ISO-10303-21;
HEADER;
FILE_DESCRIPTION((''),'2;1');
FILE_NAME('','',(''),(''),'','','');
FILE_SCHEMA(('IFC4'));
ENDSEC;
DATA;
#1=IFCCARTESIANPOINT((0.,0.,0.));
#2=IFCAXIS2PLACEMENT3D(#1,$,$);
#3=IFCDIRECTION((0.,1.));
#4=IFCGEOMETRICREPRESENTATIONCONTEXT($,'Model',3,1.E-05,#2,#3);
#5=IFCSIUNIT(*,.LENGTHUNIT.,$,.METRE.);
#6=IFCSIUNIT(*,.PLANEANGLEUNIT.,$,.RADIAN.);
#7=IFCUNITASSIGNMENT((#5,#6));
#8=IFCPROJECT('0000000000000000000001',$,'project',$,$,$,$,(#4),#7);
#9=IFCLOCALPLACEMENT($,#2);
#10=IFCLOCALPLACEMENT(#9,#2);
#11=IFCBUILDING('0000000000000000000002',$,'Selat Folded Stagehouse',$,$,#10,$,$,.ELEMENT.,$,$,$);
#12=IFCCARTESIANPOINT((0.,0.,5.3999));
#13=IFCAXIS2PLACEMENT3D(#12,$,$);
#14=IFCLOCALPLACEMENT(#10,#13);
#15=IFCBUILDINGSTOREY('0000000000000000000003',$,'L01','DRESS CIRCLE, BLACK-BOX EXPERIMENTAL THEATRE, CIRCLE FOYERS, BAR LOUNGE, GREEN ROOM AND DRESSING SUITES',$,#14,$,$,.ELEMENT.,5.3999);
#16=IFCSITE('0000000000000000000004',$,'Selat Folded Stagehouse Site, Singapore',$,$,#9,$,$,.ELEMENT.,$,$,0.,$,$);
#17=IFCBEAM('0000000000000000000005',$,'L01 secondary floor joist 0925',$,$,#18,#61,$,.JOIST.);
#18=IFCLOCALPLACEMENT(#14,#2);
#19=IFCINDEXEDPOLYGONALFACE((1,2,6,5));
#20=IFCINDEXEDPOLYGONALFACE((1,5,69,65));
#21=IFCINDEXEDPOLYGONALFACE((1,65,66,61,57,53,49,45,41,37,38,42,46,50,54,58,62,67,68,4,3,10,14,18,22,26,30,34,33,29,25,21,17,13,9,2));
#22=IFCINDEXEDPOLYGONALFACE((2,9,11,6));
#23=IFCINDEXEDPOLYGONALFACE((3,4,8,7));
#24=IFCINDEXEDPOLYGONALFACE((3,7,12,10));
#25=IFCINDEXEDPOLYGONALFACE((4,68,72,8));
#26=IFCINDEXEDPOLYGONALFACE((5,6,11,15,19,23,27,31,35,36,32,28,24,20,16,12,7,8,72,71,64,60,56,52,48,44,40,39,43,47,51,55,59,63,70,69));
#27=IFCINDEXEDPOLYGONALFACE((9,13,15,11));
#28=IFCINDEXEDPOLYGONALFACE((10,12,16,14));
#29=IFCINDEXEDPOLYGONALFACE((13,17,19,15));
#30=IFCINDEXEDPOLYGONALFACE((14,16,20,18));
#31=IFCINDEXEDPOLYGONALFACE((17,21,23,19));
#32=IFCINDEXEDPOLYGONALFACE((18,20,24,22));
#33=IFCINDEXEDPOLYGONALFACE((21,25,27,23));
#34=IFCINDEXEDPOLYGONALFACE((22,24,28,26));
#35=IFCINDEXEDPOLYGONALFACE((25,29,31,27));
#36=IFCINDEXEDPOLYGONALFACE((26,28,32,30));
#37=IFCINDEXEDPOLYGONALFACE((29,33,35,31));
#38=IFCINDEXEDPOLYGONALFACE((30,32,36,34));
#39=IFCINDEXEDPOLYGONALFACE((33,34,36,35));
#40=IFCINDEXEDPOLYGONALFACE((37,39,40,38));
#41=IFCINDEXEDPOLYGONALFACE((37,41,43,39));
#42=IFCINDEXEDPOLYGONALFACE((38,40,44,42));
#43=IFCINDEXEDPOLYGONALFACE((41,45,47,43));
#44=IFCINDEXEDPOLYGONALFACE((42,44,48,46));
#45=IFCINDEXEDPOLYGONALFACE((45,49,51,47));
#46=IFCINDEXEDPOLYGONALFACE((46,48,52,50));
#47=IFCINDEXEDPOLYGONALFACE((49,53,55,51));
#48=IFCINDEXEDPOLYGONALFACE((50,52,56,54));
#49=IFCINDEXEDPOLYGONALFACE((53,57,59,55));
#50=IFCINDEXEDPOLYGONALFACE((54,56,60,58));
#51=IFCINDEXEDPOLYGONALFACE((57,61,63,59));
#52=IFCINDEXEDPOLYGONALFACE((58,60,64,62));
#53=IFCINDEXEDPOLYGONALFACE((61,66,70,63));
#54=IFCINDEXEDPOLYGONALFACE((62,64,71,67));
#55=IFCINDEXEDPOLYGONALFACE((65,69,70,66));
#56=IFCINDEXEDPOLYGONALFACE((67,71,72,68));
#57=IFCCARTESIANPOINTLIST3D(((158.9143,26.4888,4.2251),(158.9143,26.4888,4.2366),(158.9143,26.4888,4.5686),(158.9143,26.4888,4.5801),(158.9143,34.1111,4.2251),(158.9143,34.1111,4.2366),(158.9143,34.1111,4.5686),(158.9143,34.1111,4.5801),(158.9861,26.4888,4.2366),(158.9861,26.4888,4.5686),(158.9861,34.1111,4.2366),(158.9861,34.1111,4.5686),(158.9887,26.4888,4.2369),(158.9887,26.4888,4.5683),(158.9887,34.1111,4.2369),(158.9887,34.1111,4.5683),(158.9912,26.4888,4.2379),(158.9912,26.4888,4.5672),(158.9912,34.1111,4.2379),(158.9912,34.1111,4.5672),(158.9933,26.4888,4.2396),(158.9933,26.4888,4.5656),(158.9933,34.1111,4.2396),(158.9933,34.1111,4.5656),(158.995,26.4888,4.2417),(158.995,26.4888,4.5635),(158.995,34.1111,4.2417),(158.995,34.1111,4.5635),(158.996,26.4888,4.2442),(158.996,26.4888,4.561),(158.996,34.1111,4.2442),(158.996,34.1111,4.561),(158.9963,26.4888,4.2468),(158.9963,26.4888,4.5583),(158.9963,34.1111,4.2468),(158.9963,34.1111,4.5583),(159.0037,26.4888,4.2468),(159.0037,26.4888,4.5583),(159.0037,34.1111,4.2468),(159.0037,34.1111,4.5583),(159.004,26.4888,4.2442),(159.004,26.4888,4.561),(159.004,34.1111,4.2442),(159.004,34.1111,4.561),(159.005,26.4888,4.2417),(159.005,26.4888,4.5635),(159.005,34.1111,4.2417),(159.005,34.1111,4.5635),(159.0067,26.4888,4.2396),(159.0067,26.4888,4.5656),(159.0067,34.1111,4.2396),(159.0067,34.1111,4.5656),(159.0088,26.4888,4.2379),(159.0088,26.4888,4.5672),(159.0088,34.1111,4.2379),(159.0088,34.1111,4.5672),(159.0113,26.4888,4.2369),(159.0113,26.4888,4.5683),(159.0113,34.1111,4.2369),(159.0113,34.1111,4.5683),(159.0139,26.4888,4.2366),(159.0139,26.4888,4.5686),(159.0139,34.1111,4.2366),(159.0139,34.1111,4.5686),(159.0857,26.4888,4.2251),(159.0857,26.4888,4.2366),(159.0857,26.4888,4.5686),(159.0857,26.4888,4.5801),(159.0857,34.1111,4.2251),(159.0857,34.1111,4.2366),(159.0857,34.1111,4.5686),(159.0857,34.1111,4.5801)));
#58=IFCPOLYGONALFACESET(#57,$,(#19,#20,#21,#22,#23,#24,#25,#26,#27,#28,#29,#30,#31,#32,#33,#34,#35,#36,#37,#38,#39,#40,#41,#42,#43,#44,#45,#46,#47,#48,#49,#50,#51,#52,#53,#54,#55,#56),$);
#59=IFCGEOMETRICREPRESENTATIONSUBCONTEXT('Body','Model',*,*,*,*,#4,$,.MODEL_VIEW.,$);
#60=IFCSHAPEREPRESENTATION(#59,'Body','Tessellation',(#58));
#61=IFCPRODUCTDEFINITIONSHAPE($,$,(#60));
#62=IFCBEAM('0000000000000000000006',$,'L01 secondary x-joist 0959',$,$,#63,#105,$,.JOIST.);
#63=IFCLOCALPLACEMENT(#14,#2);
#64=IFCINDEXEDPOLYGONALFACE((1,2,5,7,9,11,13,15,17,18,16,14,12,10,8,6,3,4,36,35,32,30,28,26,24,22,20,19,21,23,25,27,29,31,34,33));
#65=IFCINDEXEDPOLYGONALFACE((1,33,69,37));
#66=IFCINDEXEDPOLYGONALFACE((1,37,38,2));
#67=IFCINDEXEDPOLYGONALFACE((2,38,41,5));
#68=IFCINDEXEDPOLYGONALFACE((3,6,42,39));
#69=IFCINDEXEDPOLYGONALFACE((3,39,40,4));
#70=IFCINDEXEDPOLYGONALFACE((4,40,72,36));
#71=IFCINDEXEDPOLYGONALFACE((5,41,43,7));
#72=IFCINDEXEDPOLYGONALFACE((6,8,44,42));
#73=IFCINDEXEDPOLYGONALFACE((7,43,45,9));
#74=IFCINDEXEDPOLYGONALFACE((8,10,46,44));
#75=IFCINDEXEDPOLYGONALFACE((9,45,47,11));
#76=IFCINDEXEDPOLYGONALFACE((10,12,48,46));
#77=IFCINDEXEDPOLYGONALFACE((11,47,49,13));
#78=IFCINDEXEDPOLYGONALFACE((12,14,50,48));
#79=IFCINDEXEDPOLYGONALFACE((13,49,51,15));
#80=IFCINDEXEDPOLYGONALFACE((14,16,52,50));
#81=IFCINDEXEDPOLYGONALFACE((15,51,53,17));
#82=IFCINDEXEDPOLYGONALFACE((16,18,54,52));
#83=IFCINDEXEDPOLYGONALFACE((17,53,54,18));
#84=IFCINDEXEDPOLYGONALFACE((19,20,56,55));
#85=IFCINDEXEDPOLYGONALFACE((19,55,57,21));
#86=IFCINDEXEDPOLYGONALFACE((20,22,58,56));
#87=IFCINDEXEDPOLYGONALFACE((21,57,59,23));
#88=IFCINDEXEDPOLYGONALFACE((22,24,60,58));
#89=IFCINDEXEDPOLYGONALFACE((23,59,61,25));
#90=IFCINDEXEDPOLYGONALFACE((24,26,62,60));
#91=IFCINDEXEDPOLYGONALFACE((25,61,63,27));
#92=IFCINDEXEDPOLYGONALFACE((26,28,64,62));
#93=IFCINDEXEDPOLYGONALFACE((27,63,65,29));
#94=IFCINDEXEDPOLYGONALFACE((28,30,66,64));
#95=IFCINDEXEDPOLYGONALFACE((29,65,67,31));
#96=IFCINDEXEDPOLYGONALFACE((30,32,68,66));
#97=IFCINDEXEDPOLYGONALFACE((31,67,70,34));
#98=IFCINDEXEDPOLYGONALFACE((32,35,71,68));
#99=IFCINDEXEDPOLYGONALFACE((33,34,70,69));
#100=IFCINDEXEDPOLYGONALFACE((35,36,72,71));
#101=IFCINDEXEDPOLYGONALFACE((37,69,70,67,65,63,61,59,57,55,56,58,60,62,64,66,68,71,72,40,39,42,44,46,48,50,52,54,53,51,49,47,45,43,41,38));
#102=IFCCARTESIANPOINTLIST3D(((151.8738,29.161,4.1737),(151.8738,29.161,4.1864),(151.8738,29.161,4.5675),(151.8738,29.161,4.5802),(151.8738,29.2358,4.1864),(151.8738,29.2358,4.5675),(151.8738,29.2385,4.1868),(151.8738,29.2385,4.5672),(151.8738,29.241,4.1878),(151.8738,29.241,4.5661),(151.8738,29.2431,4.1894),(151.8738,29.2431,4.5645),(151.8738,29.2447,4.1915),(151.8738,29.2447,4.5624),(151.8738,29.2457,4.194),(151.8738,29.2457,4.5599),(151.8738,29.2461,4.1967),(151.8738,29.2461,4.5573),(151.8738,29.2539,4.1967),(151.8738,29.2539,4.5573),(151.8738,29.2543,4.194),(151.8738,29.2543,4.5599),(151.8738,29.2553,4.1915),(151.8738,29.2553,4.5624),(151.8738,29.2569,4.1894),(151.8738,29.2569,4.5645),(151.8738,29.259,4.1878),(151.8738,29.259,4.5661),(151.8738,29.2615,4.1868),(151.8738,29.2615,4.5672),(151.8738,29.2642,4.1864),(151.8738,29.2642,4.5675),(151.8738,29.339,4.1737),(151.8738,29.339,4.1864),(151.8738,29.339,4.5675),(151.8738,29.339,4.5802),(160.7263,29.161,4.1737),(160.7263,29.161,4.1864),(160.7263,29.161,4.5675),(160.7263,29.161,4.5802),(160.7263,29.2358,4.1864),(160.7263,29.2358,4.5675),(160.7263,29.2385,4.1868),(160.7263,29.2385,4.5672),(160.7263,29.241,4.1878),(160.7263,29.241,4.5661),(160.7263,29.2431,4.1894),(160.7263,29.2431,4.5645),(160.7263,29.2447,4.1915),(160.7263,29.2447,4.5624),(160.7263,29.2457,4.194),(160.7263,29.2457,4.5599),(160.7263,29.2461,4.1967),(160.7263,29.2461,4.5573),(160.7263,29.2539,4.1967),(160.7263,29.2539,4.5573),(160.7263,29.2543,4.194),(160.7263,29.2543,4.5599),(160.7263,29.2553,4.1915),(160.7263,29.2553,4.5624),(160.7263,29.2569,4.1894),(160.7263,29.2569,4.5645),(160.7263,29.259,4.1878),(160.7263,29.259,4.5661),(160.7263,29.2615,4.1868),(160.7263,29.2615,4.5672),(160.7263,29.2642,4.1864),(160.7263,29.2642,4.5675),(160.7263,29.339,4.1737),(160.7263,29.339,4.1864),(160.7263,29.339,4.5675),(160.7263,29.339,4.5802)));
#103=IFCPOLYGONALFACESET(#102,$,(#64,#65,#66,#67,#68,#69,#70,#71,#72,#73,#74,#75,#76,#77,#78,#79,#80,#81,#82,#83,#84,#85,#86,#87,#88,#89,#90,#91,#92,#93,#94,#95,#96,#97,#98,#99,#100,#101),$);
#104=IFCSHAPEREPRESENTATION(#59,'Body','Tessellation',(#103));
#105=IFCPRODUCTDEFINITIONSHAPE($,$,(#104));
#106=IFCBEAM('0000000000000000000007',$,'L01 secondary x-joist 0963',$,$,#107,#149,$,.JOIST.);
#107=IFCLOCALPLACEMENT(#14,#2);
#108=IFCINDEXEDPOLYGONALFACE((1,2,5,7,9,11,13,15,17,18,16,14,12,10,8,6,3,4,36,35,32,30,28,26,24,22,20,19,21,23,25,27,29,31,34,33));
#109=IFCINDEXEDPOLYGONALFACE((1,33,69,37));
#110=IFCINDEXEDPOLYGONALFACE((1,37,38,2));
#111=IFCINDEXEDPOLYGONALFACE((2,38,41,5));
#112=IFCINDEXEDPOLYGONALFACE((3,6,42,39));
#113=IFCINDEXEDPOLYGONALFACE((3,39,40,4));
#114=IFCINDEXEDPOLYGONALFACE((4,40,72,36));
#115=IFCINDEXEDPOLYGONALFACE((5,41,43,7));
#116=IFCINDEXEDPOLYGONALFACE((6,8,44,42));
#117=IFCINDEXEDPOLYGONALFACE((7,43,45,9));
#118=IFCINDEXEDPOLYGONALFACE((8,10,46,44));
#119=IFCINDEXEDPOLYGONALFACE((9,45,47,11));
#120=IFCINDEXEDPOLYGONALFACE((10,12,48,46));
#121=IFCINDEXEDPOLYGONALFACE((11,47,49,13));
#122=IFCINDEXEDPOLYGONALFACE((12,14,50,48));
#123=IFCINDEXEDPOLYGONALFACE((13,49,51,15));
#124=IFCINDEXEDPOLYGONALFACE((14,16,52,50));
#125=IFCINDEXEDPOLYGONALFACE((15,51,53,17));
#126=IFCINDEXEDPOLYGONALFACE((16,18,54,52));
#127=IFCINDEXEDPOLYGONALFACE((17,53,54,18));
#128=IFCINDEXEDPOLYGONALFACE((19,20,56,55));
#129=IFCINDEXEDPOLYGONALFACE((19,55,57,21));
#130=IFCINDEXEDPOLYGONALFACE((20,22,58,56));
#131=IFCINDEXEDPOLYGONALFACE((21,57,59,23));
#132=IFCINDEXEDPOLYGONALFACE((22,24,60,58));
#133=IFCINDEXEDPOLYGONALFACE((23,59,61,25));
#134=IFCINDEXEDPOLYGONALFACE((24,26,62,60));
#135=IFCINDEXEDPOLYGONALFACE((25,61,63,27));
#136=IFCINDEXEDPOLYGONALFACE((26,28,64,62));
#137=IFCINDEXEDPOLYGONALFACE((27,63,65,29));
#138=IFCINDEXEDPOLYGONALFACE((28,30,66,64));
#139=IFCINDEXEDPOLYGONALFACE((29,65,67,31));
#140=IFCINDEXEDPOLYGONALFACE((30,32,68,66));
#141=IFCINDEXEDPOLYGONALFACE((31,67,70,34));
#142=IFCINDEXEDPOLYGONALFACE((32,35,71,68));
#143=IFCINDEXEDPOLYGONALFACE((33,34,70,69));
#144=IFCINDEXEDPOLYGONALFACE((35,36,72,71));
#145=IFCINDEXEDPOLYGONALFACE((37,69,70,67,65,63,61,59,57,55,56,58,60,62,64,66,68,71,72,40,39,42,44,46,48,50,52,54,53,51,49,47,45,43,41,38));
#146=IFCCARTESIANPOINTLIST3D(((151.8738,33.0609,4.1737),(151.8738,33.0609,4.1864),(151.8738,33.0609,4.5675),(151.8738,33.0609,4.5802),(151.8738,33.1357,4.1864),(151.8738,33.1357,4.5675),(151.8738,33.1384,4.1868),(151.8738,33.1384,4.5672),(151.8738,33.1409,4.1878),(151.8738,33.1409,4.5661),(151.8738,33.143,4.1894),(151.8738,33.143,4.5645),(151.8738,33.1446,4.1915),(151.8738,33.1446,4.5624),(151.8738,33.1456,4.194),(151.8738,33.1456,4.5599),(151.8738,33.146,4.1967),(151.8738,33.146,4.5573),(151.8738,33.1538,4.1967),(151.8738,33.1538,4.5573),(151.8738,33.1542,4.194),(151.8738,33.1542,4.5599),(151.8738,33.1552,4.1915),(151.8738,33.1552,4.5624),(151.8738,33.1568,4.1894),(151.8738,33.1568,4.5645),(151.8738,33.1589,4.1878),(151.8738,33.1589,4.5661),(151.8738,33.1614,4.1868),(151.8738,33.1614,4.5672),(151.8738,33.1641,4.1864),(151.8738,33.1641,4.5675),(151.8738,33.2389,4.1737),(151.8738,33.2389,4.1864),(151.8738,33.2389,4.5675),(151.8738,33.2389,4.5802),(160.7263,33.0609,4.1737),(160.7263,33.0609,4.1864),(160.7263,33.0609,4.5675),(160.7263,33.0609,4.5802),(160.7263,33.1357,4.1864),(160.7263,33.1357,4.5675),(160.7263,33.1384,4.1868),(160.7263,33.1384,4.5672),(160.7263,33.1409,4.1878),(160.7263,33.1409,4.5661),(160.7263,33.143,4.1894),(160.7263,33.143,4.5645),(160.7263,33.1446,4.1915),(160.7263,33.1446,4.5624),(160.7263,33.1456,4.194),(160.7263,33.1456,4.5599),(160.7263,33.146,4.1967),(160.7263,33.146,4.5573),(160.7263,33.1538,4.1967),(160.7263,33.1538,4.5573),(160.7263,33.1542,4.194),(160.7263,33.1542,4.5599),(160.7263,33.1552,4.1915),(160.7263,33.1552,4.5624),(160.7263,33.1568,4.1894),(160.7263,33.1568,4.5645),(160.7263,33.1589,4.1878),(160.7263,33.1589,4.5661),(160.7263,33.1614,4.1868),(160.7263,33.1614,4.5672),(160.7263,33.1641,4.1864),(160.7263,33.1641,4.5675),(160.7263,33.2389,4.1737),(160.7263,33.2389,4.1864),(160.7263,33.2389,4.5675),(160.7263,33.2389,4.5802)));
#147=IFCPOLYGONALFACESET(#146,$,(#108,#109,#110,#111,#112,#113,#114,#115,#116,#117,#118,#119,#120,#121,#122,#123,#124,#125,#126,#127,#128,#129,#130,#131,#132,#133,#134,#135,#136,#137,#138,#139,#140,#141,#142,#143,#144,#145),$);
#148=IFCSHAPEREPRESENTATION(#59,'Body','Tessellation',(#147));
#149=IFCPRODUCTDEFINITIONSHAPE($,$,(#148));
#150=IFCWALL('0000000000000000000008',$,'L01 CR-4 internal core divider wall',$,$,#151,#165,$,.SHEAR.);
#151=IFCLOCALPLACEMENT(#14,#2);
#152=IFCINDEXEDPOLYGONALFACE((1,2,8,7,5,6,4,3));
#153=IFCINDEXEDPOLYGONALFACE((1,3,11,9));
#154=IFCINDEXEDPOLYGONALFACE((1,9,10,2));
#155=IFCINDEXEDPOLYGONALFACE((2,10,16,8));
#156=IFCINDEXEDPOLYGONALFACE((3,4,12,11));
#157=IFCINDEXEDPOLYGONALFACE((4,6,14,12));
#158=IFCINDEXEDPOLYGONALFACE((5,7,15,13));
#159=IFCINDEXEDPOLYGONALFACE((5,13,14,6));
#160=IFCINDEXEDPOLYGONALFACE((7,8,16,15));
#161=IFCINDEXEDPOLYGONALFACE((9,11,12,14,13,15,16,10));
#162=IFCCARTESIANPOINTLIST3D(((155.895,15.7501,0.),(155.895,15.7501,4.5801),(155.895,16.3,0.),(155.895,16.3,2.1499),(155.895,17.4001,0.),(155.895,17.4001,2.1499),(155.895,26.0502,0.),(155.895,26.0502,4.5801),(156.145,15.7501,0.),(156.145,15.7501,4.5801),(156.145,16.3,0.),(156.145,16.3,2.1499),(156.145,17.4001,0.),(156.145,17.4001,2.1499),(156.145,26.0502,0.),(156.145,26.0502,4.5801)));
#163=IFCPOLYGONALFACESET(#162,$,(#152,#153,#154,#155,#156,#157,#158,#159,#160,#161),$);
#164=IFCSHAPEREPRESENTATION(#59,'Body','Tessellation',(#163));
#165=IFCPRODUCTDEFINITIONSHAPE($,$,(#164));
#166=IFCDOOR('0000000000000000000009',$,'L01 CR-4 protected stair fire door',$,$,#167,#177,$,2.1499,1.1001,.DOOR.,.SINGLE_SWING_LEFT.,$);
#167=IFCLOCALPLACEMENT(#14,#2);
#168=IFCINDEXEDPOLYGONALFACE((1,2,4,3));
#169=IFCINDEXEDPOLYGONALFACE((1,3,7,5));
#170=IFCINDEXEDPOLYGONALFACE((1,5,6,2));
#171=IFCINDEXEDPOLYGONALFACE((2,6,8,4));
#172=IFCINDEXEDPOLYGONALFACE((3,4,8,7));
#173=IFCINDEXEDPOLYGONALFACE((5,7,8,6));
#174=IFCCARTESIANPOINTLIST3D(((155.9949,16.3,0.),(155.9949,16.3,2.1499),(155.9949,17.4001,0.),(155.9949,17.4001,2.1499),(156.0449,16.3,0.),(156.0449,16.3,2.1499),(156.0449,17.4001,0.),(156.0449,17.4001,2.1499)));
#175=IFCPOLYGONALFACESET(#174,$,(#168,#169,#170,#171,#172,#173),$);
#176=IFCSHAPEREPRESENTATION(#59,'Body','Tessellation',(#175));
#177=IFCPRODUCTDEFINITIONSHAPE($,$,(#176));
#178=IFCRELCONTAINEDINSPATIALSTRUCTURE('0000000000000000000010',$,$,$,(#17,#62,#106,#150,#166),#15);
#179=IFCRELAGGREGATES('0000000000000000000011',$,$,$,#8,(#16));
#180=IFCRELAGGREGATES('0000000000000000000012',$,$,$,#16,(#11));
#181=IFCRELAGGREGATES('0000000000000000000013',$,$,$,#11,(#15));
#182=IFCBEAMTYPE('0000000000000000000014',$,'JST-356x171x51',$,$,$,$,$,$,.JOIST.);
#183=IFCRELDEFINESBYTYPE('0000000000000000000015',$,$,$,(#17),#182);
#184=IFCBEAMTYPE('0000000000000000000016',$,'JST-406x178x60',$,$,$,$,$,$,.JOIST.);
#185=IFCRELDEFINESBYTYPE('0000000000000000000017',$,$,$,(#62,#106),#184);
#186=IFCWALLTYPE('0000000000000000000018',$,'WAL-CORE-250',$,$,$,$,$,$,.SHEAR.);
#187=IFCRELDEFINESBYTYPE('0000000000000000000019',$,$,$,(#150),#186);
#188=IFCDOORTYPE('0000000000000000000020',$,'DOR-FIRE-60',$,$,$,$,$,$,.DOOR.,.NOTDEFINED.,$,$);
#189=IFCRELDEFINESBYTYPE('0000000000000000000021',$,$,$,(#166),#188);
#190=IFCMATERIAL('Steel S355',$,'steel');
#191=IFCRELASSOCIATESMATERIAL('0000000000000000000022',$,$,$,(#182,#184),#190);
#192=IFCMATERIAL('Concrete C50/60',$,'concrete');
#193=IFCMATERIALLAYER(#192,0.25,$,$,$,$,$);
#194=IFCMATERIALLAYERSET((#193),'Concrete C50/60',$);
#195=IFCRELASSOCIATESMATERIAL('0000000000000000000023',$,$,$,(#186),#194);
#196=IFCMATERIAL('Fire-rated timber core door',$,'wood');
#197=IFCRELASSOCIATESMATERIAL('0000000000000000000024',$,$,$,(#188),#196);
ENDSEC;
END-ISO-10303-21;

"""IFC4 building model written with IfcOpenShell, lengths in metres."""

from ifc_helpers import new_model, si_unit, direction, frame, frame_2d, origin, origin_2d, place, context, subcontext, project, spatial, rectangle, i_section, extrude, material, layer, layer_set, material_profile, profile_set, type_object, element, fill, save


model = new_model("IFC4")

# Units and contexts
model_context = context("Model", 3, precision=1e-05, world=origin(), true_north=direction((0.0, 1.0)))
body_context = subcontext(model_context, "Body", "Model", "MODEL_VIEW")
ifc_project = project(units=[si_unit("LENGTHUNIT", "METRE"), si_unit("PLANEANGLEUNIT", "RADIAN")], contexts=[model_context])

# Site, building, storey
site_placement = place(None, origin())
site = spatial("IfcSite", under=ifc_project, at=site_placement, Name="Selat Folded Stagehouse Site, Singapore", CompositionType="ELEMENT", RefElevation=0.0)
building_placement = place(site_placement, origin())
building = spatial("IfcBuilding", under=site, at=building_placement, Name="Selat Folded Stagehouse", CompositionType="ELEMENT")
storey_placement = place(building_placement, frame((0.0, 0.0, 5.3999)))
storey = spatial("IfcBuildingStorey", under=building, at=storey_placement, Name="L01", Description="DRESS CIRCLE, BLACK-BOX EXPERIMENTAL THEATRE, CIRCLE FOYERS, BAR LOUNGE, GREEN ROOM AND DRESSING SUITES", CompositionType="ELEMENT", Elevation=5.3999)

# Shared definitions
ifc_material_1 = material(Name="Steel S355", Category="steel")

# Beams
ifc_material_profile_1 = material_profile(ifc_material_1, i_section(OverallWidth=0.1714, OverallDepth=0.355, WebThickness=0.0073, FlangeThickness=0.0115, FilletRadius=0.0103, at=origin_2d()), Name="UKB 356x171x51")
ifc_profile_set_1 = profile_set([ifc_material_profile_1], Name="Steel S355")
beam_type_1 = type_object("IfcBeamType", Name="JST-356x171x51", PredefinedType="JOIST", material=ifc_profile_set_1)
for number, where, z_axis, x_axis, name in (
    (1, (159.0, 26.4888, 4.4026), (0.0, 1.0, 0.0), (-1.0, 0.0, 0.0), "L01 secondary floor joist 0925"),
):
    element("IfcBeam", number, at=place(storey_placement, frame(where, z_axis=z_axis, x_axis=x_axis)), inside=storey, type_object=beam_type_1, Name=name, PredefinedType="JOIST", context=body_context, shape_type="SweptSolid", body=[
        extrude(i_section(OverallWidth=0.1714, OverallDepth=0.355, WebThickness=0.0073, FlangeThickness=0.0115, FilletRadius=0.0103, at=origin_2d()), origin(), (0.0, 0.0, 1.0), 7.6223),
    ])
ifc_material_profile_2 = material_profile(ifc_material_1, i_section(OverallWidth=0.178, OverallDepth=0.4065, WebThickness=0.0078, FlangeThickness=0.0127, FilletRadius=0.0103, at=origin_2d()), Name="UKB 406x178x60")
ifc_profile_set_2 = profile_set([ifc_material_profile_2], Name="Steel S355")
beam_type_2 = type_object("IfcBeamType", Name="JST-406x178x60", PredefinedType="JOIST", material=ifc_profile_set_2)
for number, where, z_axis, x_axis, name in (
    (2, (151.8738, 29.25, 4.377), (1.0, 0.0, 0.0), (0.0, 1.0, 0.0), "L01 secondary x-joist 0959"),
    (3, (151.8738, 33.1499, 4.377), (1.0, 0.0, 0.0), (0.0, 1.0, 0.0), "L01 secondary x-joist 0963"),
):
    element("IfcBeam", number, at=place(storey_placement, frame(where, z_axis=z_axis, x_axis=x_axis)), inside=storey, type_object=beam_type_2, Name=name, PredefinedType="JOIST", context=body_context, shape_type="SweptSolid", body=[
        extrude(i_section(OverallWidth=0.178, OverallDepth=0.4065, WebThickness=0.0078, FlangeThickness=0.0127, FilletRadius=0.0103, at=origin_2d()), origin(), (0.0, 0.0, 1.0), 8.8525),
    ])

# Wall, opening, door
ifc_material_2 = material(Name="Concrete C50/60", Category="concrete")
ifc_layer_1 = layer(ifc_material_2, 0.25)
ifc_layer_set_1 = layer_set([ifc_layer_1], Name="Concrete C50/60")
wall_type_1 = type_object("IfcWallType", Name="WAL-CORE-250", PredefinedType="SHEAR", material=ifc_layer_set_1)
wall_1_placement = place(storey_placement, frame((156.02, 26.05, 0.0), z_axis=(0.0, 0.0, 1.0), x_axis=(0.0, -1.0, 0.0)))
wall_1 = element("IfcWall", 4, at=wall_1_placement, inside=storey, type_object=wall_type_1, Name="L01 CR-4 internal core divider wall", PredefinedType="SHEAR", context=body_context, shape_type="SweptSolid", body=[
    extrude(rectangle(XDim=10.3, YDim=0.25, at=frame_2d((5.1499, 0.0))), origin(), (0.0, 0.0, 1.0), 4.5801),
])
opening_1_placement = place(wall_1_placement, frame((8.6499, 0.0, 0.0)))
opening_1 = element("IfcOpeningElement", 5, at=opening_1_placement, cuts=wall_1, PredefinedType="OPENING", context=body_context, shape_type="SweptSolid", body=[
    extrude(rectangle(XDim=1.1001, YDim=2.1499, at=frame_2d((0.55, 1.075))), frame((0.0, 0.135, 0.0), z_axis=(0.0, -1.0, 0.0), x_axis=(1.0, 0.0, 0.0)), (0.0, 0.0, 1.0), 0.27),
])
ifc_material_3 = material(Name="Fire-rated timber core door", Category="wood")
door_type_1 = type_object("IfcDoorType", Name="DOR-FIRE-60", OperationType="NOTDEFINED", PredefinedType="DOOR", material=ifc_material_3)
door_1_placement = place(opening_1_placement, origin())
door_1 = element("IfcDoor", 6, at=door_1_placement, inside=storey, type_object=door_type_1, Name="L01 CR-4 protected stair fire door", OperationType="SINGLE_SWING_LEFT", OverallHeight=2.1499, OverallWidth=1.1001, PredefinedType="DOOR", context=body_context, shape_type="SweptSolid", body=[
    extrude(rectangle(XDim=1.1001, YDim=2.1499, at=frame_2d((0.55, 1.075))), frame((0.0, 0.0249, 0.0), z_axis=(0.0, -1.0, 0.0), x_axis=(1.0, 0.0, 0.0)), (0.0, 0.0, 1.0), 0.05),
])
fill(opening_1, door_1)

save(model, "model.ifc")
